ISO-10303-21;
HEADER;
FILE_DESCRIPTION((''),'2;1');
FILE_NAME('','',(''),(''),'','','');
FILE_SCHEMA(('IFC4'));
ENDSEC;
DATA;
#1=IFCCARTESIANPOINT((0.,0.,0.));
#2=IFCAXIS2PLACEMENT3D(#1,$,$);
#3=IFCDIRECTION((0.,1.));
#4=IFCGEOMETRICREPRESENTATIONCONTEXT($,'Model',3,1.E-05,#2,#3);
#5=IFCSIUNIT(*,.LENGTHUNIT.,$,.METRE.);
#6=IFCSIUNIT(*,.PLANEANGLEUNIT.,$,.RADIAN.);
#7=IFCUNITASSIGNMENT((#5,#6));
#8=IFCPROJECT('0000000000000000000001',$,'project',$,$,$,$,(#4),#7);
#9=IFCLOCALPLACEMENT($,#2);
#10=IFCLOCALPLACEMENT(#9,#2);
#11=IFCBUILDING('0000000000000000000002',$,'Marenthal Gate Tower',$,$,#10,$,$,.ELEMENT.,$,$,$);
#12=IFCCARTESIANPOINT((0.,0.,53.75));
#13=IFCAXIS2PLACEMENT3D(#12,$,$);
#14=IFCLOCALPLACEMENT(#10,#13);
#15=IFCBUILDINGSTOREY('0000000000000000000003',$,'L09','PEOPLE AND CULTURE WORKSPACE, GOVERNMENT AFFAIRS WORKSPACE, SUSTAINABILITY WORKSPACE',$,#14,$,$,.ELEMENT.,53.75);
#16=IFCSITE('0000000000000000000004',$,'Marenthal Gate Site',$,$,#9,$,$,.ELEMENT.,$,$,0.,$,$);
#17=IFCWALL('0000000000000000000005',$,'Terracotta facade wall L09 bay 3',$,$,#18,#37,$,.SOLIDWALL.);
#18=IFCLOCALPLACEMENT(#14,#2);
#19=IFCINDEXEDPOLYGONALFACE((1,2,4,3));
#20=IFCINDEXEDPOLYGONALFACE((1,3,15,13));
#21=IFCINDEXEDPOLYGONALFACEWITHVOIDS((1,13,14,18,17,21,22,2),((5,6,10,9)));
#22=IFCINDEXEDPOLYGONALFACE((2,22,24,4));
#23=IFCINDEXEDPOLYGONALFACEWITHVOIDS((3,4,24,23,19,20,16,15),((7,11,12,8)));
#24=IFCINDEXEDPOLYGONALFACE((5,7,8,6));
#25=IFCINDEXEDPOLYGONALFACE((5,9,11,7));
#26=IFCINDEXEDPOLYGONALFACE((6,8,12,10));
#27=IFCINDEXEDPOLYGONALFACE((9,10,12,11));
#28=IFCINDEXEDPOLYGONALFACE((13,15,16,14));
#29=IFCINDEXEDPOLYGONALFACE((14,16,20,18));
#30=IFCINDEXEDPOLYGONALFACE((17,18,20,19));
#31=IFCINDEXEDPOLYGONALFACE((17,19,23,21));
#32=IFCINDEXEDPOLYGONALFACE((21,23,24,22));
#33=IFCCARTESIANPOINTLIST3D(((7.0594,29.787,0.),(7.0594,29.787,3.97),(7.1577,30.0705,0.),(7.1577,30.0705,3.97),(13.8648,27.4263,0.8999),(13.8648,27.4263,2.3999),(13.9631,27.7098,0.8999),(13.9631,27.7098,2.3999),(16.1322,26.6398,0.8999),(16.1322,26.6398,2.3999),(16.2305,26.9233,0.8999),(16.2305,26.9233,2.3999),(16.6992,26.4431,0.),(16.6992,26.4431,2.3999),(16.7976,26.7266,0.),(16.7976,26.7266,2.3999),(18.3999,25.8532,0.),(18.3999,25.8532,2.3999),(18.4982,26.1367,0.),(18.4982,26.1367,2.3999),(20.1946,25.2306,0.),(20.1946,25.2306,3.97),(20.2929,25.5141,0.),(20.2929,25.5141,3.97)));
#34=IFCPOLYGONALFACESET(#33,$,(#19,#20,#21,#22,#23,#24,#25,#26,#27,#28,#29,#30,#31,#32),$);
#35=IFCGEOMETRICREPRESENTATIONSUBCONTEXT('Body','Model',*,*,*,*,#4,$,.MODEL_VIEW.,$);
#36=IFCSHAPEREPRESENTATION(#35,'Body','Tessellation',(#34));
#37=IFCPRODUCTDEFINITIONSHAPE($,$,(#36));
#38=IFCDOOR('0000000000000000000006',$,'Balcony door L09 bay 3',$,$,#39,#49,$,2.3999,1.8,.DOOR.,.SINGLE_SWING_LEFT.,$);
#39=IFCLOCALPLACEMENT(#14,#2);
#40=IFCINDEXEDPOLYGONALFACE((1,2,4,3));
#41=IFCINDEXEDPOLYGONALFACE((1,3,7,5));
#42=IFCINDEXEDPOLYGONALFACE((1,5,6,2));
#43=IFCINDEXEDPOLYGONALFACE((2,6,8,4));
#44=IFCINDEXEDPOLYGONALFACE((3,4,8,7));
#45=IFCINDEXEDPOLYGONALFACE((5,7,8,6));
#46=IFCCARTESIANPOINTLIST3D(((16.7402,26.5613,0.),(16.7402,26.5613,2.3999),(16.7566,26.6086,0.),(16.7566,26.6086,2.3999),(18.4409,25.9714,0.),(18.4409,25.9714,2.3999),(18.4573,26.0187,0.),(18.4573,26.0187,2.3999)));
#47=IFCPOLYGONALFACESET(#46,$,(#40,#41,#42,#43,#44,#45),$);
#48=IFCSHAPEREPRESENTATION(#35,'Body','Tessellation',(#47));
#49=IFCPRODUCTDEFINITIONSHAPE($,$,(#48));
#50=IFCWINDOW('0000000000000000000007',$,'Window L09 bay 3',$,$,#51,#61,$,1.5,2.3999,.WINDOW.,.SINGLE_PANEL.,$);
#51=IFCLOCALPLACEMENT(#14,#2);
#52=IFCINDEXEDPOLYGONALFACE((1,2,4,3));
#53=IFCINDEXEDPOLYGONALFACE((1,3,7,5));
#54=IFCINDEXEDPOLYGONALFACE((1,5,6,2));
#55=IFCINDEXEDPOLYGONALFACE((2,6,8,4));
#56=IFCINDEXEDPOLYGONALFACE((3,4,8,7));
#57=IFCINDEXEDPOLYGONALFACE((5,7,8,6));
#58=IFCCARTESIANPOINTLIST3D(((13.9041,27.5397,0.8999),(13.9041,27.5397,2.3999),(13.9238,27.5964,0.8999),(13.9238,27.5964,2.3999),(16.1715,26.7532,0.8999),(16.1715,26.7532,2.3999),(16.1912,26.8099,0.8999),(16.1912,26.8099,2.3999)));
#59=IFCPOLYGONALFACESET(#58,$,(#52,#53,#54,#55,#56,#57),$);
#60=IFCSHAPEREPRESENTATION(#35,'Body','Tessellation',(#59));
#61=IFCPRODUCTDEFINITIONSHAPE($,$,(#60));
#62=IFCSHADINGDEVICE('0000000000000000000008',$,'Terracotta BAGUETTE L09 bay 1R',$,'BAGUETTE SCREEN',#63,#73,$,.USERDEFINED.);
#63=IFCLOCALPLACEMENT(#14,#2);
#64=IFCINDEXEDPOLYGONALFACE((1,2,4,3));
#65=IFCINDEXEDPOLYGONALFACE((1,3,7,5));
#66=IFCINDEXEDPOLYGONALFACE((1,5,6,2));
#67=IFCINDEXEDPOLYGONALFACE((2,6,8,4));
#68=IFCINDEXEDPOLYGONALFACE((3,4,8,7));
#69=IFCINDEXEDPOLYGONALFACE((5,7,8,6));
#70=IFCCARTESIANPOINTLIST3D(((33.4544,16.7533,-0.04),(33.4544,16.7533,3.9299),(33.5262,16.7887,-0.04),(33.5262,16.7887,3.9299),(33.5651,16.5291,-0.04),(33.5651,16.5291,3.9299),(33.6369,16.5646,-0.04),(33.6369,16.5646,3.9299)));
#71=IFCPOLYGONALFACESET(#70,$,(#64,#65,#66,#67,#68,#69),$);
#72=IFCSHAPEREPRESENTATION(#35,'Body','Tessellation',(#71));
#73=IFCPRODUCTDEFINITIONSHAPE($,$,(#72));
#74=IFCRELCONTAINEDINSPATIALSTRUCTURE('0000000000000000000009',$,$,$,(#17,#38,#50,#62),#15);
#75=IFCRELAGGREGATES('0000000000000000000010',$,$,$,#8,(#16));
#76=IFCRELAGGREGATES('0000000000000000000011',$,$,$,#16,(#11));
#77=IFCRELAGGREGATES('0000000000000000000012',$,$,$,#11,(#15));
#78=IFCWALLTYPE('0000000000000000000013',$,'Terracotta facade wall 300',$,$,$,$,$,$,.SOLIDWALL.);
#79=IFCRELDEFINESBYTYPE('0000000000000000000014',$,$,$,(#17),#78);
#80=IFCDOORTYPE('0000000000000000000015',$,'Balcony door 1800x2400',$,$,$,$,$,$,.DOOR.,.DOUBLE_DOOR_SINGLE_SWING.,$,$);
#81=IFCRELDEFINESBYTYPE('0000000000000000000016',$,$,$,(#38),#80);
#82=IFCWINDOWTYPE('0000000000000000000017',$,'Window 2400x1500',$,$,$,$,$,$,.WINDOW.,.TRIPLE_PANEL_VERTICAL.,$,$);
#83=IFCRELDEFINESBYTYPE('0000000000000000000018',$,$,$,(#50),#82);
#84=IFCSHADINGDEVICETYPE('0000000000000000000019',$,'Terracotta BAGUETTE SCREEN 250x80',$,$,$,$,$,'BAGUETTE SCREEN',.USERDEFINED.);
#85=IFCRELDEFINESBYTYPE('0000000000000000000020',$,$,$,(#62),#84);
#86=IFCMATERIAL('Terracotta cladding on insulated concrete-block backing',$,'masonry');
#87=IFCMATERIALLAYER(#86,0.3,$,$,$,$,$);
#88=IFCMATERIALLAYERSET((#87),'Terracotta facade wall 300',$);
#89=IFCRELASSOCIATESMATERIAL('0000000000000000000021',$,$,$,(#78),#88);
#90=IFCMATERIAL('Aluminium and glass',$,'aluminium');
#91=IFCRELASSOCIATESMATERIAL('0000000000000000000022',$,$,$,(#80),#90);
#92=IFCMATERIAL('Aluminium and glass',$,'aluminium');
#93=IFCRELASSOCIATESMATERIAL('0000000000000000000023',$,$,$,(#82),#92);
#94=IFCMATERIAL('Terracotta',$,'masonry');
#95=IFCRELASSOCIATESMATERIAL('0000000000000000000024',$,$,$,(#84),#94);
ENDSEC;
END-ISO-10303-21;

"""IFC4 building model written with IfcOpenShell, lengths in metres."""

from ifc_helpers import new_model, si_unit, direction, frame, frame_2d, origin, origin_2d, place, context, subcontext, project, spatial, rectangle, extrude, material, layer, layer_set, material_profile, profile_set, type_object, element, fill, save


model = new_model("IFC4")

# Units and contexts
model_context = context("Model", 3, precision=1e-05, world=origin(), true_north=direction((0.0, 1.0)))
body_context = subcontext(model_context, "Body", "Model", "MODEL_VIEW")
ifc_project = project(units=[si_unit("LENGTHUNIT", "METRE"), si_unit("PLANEANGLEUNIT", "RADIAN")], contexts=[model_context])

# Site, building, storey
site_placement = place(None, origin())
site = spatial("IfcSite", under=ifc_project, at=site_placement, Name="Marenthal Gate Site", CompositionType="ELEMENT", RefElevation=0.0)
building_placement = place(site_placement, origin())
building = spatial("IfcBuilding", under=site, at=building_placement, Name="Marenthal Gate Tower", CompositionType="ELEMENT")
storey_placement = place(building_placement, frame((0.0, 0.0, 53.75)))
storey = spatial("IfcBuildingStorey", under=building, at=storey_placement, Name="L09", Description="PEOPLE AND CULTURE WORKSPACE, GOVERNMENT AFFAIRS WORKSPACE, SUSTAINABILITY WORKSPACE", CompositionType="ELEMENT", Elevation=53.75)

# Wall, openings, door, window
ifc_material_1 = material(Name="Terracotta cladding on insulated concrete-block backing", Category="masonry")
ifc_layer_1 = layer(ifc_material_1, 0.3)
ifc_layer_set_1 = layer_set([ifc_layer_1], Name="Terracotta facade wall 300")
wall_type = type_object("IfcWallType", Name="Terracotta facade wall 300", PredefinedType="SOLIDWALL", material=ifc_layer_set_1)
wall_placement = place(storey_placement, frame((20.2439, 25.3723, 0.0), z_axis=(0.0, 0.0, 1.0), x_axis=(-0.944773, 0.327726, 0.0)))
wall = element("IfcWall", 1, at=wall_placement, inside=storey, type_object=wall_type, Name="Terracotta facade wall L09 bay 3", PredefinedType="SOLIDWALL", context=body_context, shape_type="SweptSolid", body=[
    extrude(rectangle(XDim=13.9031, YDim=0.3, at=frame_2d((6.9517, 0.0))), origin(), (0.0, 0.0, 1.0), 3.97),
])
opening_1_placement = place(wall_placement, frame((1.8999, 0.0, 0.0)))
opening_1 = element("IfcOpeningElement", 2, at=opening_1_placement, cuts=wall, PredefinedType="OPENING", context=body_context, shape_type="SweptSolid", body=[
    extrude(rectangle(XDim=1.8, YDim=2.3999, at=frame_2d((0.8999, 1.2))), frame((0.0, 0.1602, 0.0), z_axis=(0.0, -1.0, 0.0), x_axis=(1.0, 0.0, 0.0)), (0.0, 0.0, 1.0), 0.3201),
])
opening_2_placement = place(wall_placement, frame((4.3, 0.0, 0.8999)))
opening_2 = element("IfcOpeningElement", 3, at=opening_2_placement, cuts=wall, PredefinedType="OPENING", context=body_context, shape_type="SweptSolid", body=[
    extrude(rectangle(XDim=2.3999, YDim=1.5, at=frame_2d((1.2, 0.75))), frame((0.0, 0.1602, 0.0), z_axis=(0.0, -1.0, 0.0), x_axis=(1.0, 0.0, 0.0)), (0.0, 0.0, 1.0), 0.3201),
])
ifc_material_2 = material(Name="Aluminium and glass", Category="aluminium")
door_type = type_object("IfcDoorType", Name="Balcony door 1800x2400", OperationType="DOUBLE_DOOR_SINGLE_SWING", PredefinedType="DOOR", material=ifc_material_2)
door_placement = place(opening_1_placement, origin())
door = element("IfcDoor", 4, at=door_placement, inside=storey, type_object=door_type, Name="Balcony door L09 bay 3", OperationType="SINGLE_SWING_LEFT", OverallHeight=2.3999, OverallWidth=1.8, PredefinedType="DOOR", context=body_context, shape_type="SweptSolid", body=[
    extrude(rectangle(XDim=1.8, YDim=2.3999, at=frame_2d((0.8999, 1.2))), frame((0.0, 0.0249, 0.0), z_axis=(0.0, -1.0, 0.0), x_axis=(1.0, 0.0, 0.0)), (0.0, 0.0, 1.0), 0.05),
])
fill(opening_1, door)
ifc_material_3 = material(Name="Aluminium and glass", Category="aluminium")
window_type = type_object("IfcWindowType", Name="Window 2400x1500", PartitioningType="TRIPLE_PANEL_VERTICAL", PredefinedType="WINDOW", material=ifc_material_3)
window_placement = place(opening_2_placement, origin())
window = element("IfcWindow", 5, at=window_placement, inside=storey, type_object=window_type, Name="Window L09 bay 3", OverallHeight=1.5, OverallWidth=2.3999, PartitioningType="SINGLE_PANEL", PredefinedType="WINDOW", context=body_context, shape_type="SweptSolid", body=[
    extrude(rectangle(XDim=2.3999, YDim=1.5, at=frame_2d((1.2, 0.75))), frame((0.0, 0.03, 0.0), z_axis=(0.0, -1.0, 0.0), x_axis=(1.0, 0.0, 0.0)), (0.0, 0.0, 1.0), 0.0601),
])
fill(opening_2, window)

# Shading device
ifc_material_4 = material(Name="Terracotta", Category="masonry")
ifc_material_profile_1 = material_profile(ifc_material_4, rectangle(XDim=0.25, YDim=0.0801, at=origin_2d()), Name="Terracotta baguette 250x80")
ifc_profile_set_1 = profile_set([ifc_material_profile_1], Name="Terracotta")
shading_device_type = type_object("IfcShadingDeviceType", Name="Terracotta BAGUETTE SCREEN 250x80", ElementType="BAGUETTE SCREEN", PredefinedType="USERDEFINED", material=ifc_profile_set_1)
shading_device_placement = place(storey_placement, frame((33.5457, 16.6589, -0.04), z_axis=(0.0, 0.0, 1.0), x_axis=(-0.443058, 0.896493, 0.0)))
element("IfcShadingDevice", 6, at=shading_device_placement, inside=storey, type_object=shading_device_type, Name="Terracotta BAGUETTE L09 bay 1R", ObjectType="BAGUETTE SCREEN", PredefinedType="USERDEFINED", context=body_context, shape_type="SweptSolid", body=[
    extrude(rectangle(XDim=0.25, YDim=0.0801, at=origin_2d()), origin(), (0.0, 0.0, 1.0), 3.97),
])

save(model, "model.ifc")
